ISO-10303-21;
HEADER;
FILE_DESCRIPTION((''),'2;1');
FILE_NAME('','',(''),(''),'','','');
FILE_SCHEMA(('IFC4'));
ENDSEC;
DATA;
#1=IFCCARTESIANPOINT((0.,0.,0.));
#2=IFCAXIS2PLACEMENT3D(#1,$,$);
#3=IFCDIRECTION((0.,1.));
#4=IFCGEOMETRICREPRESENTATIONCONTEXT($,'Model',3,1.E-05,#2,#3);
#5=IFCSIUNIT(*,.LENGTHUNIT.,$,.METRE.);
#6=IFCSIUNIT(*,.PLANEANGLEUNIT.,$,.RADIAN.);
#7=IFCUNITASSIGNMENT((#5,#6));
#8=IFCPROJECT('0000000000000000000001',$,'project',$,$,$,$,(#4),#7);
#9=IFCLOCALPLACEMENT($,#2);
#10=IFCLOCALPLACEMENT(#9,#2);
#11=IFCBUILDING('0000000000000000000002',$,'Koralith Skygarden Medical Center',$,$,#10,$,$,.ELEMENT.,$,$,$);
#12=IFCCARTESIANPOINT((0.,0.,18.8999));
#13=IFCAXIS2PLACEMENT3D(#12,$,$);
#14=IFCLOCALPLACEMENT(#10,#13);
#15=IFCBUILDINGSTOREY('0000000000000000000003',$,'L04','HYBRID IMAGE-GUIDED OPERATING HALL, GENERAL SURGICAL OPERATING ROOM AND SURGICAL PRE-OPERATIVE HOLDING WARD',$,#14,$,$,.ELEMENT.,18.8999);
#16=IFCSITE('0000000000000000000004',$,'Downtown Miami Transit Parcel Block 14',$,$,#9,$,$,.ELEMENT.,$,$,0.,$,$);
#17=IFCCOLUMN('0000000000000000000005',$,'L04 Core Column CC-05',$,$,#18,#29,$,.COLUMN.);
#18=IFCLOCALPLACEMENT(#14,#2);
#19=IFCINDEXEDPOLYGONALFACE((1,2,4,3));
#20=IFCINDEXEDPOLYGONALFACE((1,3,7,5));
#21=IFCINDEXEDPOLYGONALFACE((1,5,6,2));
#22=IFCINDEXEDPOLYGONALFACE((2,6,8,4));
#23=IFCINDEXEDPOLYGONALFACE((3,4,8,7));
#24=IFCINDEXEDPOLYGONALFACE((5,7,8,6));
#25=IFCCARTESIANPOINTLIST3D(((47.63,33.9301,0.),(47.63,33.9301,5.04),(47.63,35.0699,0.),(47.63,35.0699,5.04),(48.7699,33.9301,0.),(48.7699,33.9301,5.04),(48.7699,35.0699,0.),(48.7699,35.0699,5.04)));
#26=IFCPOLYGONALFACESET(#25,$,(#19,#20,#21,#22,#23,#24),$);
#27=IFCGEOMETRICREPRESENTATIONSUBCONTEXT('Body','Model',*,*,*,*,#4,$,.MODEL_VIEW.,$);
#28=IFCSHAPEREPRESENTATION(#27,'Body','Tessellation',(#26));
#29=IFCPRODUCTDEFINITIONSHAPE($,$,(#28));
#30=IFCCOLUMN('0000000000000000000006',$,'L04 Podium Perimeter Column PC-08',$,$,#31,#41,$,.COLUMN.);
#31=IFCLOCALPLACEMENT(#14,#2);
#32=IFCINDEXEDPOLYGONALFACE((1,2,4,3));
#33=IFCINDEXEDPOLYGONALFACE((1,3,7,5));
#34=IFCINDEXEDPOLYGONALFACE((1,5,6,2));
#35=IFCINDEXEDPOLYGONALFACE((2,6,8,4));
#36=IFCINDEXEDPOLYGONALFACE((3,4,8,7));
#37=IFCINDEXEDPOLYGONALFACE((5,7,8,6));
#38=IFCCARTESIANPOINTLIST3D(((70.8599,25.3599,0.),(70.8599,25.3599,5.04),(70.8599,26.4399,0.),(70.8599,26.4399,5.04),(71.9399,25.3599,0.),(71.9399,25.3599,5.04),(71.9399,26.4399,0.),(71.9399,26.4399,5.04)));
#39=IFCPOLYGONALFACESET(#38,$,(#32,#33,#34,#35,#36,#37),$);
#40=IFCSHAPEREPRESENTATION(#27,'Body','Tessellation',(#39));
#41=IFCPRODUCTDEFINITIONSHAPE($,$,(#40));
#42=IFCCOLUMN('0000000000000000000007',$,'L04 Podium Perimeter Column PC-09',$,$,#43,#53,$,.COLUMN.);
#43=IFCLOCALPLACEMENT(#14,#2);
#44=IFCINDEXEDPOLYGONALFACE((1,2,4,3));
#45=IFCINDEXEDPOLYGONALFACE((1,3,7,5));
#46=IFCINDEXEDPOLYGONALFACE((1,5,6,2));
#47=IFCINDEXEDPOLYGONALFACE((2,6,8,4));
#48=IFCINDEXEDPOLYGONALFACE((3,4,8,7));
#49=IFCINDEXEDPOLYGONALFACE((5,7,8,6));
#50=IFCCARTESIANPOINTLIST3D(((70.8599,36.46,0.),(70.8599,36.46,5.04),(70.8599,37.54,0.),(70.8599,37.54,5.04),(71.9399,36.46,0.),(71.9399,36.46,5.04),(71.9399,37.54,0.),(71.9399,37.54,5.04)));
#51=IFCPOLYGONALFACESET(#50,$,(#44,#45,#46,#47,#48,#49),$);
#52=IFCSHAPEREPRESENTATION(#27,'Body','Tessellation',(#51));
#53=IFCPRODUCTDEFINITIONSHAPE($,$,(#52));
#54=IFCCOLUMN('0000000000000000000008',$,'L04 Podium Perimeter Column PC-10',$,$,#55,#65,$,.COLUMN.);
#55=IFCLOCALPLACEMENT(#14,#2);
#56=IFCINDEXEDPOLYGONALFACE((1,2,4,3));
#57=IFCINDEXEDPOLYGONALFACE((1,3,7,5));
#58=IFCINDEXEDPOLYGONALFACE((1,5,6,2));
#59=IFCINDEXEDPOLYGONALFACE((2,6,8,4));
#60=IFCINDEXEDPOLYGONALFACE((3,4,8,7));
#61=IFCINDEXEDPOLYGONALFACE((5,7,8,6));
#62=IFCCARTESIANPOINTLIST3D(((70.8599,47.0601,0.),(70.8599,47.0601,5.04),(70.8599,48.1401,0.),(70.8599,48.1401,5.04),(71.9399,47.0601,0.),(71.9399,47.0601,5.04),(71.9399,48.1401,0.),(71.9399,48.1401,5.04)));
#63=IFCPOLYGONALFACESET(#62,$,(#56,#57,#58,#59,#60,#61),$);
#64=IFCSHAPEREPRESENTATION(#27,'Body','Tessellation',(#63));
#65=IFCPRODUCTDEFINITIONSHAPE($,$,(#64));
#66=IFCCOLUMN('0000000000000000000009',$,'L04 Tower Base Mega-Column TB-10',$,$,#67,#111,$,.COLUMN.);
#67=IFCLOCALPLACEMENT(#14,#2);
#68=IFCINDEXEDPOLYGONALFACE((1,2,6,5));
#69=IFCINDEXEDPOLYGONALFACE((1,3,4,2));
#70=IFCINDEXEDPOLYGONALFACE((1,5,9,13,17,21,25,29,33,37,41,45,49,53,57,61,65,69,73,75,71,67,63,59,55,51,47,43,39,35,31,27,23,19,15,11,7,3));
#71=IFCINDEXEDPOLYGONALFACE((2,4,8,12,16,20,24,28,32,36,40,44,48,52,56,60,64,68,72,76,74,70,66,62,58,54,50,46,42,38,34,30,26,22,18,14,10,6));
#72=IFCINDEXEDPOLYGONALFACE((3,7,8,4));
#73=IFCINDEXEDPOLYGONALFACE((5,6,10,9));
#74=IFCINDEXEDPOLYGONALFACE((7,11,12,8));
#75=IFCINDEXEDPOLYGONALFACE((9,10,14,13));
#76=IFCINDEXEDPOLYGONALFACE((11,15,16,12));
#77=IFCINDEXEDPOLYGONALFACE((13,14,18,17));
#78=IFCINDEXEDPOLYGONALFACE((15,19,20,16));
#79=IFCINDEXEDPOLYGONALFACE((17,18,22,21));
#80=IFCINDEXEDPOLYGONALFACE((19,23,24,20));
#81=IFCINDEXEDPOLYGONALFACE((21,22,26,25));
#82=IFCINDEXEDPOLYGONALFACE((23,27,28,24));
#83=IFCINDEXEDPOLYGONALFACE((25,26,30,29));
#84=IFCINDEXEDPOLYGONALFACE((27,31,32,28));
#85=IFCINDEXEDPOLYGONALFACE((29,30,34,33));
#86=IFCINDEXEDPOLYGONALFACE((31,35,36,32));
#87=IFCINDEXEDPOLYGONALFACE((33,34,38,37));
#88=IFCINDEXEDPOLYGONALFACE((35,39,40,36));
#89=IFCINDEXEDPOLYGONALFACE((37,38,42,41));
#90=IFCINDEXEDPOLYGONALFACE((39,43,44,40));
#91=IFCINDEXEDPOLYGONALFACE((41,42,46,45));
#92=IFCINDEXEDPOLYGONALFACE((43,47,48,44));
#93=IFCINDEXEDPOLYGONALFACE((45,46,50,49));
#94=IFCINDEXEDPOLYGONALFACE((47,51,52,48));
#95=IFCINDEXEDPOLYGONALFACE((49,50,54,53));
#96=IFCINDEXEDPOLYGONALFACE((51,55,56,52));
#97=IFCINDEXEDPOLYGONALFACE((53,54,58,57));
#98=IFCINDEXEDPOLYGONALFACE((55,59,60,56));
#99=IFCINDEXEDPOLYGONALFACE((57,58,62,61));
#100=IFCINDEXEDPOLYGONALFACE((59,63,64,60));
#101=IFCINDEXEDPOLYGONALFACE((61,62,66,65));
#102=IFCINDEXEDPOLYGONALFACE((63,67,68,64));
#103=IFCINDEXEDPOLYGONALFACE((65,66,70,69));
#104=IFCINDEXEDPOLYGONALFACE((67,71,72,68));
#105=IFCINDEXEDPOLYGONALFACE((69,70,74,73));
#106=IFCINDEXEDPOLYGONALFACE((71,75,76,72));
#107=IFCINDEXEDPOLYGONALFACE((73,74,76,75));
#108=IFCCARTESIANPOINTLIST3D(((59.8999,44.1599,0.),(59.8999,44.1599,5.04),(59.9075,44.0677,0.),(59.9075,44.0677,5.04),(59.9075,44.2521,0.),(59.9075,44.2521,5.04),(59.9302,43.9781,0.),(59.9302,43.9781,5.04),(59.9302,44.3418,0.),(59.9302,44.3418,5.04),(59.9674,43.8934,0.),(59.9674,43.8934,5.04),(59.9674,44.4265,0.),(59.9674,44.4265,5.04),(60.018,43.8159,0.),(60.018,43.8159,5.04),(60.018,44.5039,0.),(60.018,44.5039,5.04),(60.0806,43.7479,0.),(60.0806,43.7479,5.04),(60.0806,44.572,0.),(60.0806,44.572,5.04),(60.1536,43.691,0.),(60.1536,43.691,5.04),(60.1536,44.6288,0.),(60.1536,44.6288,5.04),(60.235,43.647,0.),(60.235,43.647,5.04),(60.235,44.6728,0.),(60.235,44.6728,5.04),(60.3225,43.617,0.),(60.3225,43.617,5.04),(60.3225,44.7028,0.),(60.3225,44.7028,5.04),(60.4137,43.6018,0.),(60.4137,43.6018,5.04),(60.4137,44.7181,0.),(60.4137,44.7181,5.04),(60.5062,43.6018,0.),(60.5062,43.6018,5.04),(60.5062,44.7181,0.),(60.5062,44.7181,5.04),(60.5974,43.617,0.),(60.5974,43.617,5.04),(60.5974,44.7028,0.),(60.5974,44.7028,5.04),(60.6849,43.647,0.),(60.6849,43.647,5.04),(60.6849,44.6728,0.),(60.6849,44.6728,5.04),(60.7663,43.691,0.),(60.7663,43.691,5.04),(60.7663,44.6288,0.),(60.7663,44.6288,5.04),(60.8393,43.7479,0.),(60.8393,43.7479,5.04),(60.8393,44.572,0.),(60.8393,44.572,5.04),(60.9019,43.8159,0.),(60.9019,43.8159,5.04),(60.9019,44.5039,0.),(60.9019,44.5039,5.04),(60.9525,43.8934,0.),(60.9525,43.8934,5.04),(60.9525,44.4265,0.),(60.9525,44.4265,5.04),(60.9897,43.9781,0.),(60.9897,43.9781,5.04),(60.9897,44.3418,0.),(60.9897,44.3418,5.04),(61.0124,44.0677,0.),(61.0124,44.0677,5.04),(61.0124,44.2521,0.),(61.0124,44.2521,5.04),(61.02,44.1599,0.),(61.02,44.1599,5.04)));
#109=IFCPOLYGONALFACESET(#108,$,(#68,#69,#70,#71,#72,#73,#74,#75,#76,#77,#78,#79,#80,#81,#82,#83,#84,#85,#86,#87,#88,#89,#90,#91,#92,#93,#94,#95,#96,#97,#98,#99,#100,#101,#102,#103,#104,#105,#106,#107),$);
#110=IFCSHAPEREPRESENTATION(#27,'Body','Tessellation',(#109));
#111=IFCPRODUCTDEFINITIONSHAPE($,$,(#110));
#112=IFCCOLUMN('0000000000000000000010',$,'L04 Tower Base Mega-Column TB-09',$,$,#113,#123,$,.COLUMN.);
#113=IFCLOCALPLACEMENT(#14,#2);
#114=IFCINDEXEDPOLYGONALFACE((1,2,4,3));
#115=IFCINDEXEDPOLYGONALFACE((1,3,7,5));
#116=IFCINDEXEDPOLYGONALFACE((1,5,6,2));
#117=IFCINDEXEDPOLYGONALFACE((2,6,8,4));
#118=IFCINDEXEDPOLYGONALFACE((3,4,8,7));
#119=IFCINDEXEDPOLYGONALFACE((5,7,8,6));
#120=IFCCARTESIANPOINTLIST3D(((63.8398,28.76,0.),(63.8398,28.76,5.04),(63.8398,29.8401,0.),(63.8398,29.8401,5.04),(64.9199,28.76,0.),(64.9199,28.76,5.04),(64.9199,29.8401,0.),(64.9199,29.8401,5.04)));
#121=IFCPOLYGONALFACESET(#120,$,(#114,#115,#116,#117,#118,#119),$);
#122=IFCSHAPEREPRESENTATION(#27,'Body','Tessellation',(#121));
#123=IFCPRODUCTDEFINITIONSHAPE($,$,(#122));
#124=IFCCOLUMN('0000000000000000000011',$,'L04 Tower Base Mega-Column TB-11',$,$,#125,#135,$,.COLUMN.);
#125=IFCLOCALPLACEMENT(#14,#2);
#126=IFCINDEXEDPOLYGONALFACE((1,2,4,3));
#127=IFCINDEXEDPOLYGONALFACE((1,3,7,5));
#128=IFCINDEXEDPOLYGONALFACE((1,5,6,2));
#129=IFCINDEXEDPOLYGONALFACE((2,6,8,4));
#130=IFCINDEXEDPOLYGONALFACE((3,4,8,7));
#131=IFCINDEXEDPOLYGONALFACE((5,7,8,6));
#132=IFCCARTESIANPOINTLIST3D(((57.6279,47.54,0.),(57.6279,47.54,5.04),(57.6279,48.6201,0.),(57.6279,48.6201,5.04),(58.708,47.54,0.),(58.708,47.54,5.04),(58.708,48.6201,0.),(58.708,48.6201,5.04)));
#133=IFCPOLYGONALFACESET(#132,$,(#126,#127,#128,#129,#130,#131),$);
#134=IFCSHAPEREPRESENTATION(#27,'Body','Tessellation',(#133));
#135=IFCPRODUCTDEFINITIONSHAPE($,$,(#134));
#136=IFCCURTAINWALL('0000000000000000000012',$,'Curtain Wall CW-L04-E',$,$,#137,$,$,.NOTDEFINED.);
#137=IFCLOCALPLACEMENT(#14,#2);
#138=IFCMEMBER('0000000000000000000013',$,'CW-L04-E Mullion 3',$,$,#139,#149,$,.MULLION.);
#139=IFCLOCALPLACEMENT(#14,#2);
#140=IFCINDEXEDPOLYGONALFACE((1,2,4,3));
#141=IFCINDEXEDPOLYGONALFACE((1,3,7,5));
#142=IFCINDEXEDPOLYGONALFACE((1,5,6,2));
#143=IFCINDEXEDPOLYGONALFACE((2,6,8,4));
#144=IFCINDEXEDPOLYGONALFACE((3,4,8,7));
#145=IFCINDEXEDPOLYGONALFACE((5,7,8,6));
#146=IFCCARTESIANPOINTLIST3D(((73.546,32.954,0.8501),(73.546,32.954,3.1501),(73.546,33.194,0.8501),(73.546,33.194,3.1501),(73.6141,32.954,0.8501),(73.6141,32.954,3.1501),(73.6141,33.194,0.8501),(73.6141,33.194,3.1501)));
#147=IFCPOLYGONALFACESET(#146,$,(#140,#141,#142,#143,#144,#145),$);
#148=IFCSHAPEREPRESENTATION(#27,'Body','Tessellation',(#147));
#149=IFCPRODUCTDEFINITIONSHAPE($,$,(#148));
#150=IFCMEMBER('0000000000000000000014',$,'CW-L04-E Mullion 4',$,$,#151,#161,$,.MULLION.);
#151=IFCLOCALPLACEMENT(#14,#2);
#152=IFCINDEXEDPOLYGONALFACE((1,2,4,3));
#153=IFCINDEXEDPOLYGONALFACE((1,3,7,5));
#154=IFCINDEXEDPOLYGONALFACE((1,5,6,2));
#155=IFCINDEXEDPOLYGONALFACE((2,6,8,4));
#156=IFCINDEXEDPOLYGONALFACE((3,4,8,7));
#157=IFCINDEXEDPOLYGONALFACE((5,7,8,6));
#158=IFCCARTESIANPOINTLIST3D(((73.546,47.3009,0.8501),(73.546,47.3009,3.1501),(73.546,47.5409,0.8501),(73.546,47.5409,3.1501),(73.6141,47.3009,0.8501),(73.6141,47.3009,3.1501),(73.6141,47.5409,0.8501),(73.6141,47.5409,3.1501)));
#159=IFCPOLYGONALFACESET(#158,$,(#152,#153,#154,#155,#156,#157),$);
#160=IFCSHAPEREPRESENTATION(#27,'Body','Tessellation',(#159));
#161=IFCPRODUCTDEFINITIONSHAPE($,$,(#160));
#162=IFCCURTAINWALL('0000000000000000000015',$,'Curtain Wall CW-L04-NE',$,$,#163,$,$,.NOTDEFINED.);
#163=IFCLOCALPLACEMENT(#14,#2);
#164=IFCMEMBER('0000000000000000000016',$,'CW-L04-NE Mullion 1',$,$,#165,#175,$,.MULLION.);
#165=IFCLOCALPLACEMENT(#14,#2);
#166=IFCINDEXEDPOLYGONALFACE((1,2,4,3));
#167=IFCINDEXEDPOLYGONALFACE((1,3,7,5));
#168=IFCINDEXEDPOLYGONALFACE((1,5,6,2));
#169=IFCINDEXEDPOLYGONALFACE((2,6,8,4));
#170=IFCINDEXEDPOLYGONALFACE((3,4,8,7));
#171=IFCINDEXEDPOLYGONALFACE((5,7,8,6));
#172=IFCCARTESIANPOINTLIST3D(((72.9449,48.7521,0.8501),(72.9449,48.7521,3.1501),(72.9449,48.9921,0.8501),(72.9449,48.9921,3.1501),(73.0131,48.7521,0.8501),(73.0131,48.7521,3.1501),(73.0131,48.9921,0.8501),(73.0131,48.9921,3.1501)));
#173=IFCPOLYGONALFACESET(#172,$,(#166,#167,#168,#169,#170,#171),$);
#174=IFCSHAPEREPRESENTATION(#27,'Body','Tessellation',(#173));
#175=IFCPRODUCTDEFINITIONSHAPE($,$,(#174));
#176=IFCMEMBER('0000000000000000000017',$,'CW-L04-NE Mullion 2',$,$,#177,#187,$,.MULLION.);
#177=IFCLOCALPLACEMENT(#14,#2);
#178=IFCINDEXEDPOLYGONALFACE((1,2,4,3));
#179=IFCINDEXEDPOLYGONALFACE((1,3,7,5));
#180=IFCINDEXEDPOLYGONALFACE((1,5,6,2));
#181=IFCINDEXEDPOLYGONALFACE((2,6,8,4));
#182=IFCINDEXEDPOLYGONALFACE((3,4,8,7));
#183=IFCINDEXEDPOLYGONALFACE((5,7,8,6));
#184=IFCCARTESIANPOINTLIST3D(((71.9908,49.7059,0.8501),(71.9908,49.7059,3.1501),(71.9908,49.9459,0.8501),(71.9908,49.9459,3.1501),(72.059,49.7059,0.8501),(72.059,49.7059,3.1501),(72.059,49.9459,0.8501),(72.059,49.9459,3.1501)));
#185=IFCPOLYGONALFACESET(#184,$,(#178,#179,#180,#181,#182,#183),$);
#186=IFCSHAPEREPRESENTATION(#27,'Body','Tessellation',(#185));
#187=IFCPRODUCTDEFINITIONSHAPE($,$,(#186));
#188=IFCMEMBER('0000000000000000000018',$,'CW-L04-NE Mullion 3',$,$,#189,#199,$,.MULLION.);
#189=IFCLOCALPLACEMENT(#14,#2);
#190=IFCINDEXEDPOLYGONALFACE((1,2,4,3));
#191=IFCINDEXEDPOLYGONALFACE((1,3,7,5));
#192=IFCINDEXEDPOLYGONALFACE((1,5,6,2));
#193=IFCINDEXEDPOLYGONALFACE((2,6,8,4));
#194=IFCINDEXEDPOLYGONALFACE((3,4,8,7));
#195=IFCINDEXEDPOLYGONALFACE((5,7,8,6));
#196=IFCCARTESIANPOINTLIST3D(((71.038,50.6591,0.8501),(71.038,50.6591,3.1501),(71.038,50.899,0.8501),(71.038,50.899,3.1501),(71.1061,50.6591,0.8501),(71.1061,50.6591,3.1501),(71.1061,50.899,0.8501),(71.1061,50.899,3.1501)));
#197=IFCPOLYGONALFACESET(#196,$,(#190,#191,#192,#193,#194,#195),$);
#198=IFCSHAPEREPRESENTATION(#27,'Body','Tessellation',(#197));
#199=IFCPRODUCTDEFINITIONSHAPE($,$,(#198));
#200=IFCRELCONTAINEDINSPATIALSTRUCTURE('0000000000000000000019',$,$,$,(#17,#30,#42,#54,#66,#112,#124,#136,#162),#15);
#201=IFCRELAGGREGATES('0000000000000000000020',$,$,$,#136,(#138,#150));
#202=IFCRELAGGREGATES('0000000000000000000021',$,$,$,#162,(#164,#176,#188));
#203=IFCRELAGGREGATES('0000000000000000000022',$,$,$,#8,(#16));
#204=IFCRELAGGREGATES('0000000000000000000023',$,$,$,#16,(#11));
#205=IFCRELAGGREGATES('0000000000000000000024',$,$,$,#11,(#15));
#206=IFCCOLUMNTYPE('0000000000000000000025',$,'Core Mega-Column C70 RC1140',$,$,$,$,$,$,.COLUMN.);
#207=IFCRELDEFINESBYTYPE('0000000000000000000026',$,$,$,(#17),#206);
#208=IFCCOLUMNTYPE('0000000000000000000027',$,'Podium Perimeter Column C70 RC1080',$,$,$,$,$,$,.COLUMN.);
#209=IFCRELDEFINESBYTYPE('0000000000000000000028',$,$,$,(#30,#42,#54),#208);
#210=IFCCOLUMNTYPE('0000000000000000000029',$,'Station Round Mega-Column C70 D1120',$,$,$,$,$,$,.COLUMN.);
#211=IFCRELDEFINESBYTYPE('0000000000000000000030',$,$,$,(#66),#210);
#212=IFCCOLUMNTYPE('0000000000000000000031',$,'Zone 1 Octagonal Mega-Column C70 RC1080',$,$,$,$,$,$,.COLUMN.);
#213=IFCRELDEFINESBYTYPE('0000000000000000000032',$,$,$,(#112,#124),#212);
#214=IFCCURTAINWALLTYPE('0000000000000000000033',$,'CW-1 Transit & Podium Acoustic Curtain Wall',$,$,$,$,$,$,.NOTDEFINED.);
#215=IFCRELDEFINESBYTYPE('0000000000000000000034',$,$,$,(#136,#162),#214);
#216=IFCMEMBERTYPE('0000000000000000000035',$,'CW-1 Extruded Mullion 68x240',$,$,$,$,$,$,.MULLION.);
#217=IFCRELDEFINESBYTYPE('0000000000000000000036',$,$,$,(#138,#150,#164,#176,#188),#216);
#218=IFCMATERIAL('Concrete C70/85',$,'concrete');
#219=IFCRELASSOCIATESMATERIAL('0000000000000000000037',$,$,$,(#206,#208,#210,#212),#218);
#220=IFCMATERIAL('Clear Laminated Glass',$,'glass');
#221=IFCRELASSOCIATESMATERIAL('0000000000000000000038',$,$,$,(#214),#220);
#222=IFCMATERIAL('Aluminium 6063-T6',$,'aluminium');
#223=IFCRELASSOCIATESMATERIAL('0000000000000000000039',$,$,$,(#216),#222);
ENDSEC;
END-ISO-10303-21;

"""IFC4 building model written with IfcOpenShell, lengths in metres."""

from ifc_helpers import new_model, si_unit, direction, frame, origin, origin_2d, place, context, subcontext, project, spatial, rectangle, circle, extrude, material, material_profile, profile_set, type_object, element, aggregate, save


model = new_model("IFC4")

# Units and contexts
model_context = context("Model", 3, precision=1e-05, world=origin(), true_north=direction((0.0, 1.0)))
body_context = subcontext(model_context, "Body", "Model", "MODEL_VIEW")
ifc_project = project(units=[si_unit("LENGTHUNIT", "METRE"), si_unit("PLANEANGLEUNIT", "RADIAN")], contexts=[model_context])

# Site, building, storey
site_placement = place(None, origin())
site = spatial("IfcSite", under=ifc_project, at=site_placement, Name="Downtown Miami Transit Parcel Block 14", CompositionType="ELEMENT", RefElevation=0.0)
building_placement = place(site_placement, origin())
building = spatial("IfcBuilding", under=site, at=building_placement, Name="Koralith Skygarden Medical Center", CompositionType="ELEMENT")
storey_placement = place(building_placement, frame((0.0, 0.0, 18.8999)))
storey = spatial("IfcBuildingStorey", under=building, at=storey_placement, Name="L04", Description="HYBRID IMAGE-GUIDED OPERATING HALL, GENERAL SURGICAL OPERATING ROOM AND SURGICAL PRE-OPERATIVE HOLDING WARD", CompositionType="ELEMENT", Elevation=18.8999)

# Columns
ifc_material_1 = material(Name="Concrete C70/85", Category="concrete")
ifc_material_profile_1 = material_profile(ifc_material_1, rectangle(XDim=1.1399, YDim=1.1399, at=origin_2d()), Name="RC1140X1140")
ifc_profile_set_1 = profile_set([ifc_material_profile_1], Name="Concrete C70/85")
column_type_1 = type_object("IfcColumnType", Name="Core Mega-Column C70 RC1140", PredefinedType="COLUMN", material=ifc_profile_set_1)
column_1_placement = place(storey_placement, frame((48.2, 34.5, 0.0), z_axis=(0.0, 0.0, 1.0), x_axis=(1.0, 0.0, 0.0)))
element("IfcColumn", 1, at=column_1_placement, inside=storey, type_object=column_type_1, Name="L04 Core Column CC-05", PredefinedType="COLUMN", context=body_context, shape_type="SweptSolid", body=[
    extrude(rectangle(XDim=1.1399, YDim=1.1399, at=origin_2d()), origin(), (0.0, 0.0, 1.0), 5.04),
])
ifc_material_profile_2 = material_profile(ifc_material_1, rectangle(XDim=1.0801, YDim=1.0801, at=origin_2d()), Name="RC1080X1080")
ifc_profile_set_2 = profile_set([ifc_material_profile_2], Name="Concrete C70/85")
column_type_2 = type_object("IfcColumnType", Name="Podium Perimeter Column C70 RC1080", PredefinedType="COLUMN", material=ifc_profile_set_2)
for number, where, z_axis, x_axis, name in (
    (2, (71.3999, 25.8999, 0.0), (0.0, 0.0, 1.0), (1.0, 0.0, 0.0), "L04 Podium Perimeter Column PC-08"),
    (3, (71.3999, 37.0, 0.0), (0.0, 0.0, 1.0), (1.0, 0.0, 0.0), "L04 Podium Perimeter Column PC-09"),
    (4, (71.3999, 47.6001, 0.0), (0.0, 0.0, 1.0), (1.0, 0.0, 0.0), "L04 Podium Perimeter Column PC-10"),
):
    element("IfcColumn", number, at=place(storey_placement, frame(where, z_axis=z_axis, x_axis=x_axis)), inside=storey, type_object=column_type_2, Name=name, PredefinedType="COLUMN", context=body_context, shape_type="SweptSolid", body=[
        extrude(rectangle(XDim=1.0801, YDim=1.0801, at=origin_2d()), origin(), (0.0, 0.0, 1.0), 5.04),
    ])
ifc_material_profile_3 = material_profile(ifc_material_1, circle(Radius=0.5601, at=origin_2d()), Name="RCCOL1120")
ifc_profile_set_3 = profile_set([ifc_material_profile_3], Name="Concrete C70/85")
column_type_3 = type_object("IfcColumnType", Name="Station Round Mega-Column C70 D1120", PredefinedType="COLUMN", material=ifc_profile_set_3)
column_2_placement = place(storey_placement, frame((60.46, 44.1599, 0.0), z_axis=(0.0, 0.0, 1.0), x_axis=(1.0, 0.0, 0.0)))
element("IfcColumn", 5, at=column_2_placement, inside=storey, type_object=column_type_3, Name="L04 Tower Base Mega-Column TB-10", PredefinedType="COLUMN", context=body_context, shape_type="SweptSolid", body=[
    extrude(circle(Radius=0.5601, at=origin_2d()), origin(), (0.0, 0.0, 1.0), 5.04),
])
ifc_material_profile_4 = material_profile(ifc_material_1, rectangle(XDim=1.0801, YDim=1.0801, at=origin_2d()), Name="RC1080X1080")
ifc_profile_set_4 = profile_set([ifc_material_profile_4], Name="Concrete C70/85")
column_type_4 = type_object("IfcColumnType", Name="Zone 1 Octagonal Mega-Column C70 RC1080", PredefinedType="COLUMN", material=ifc_profile_set_4)
for number, where, z_axis, x_axis, name in (
    (6, (64.3799, 29.3, 0.0), (0.0, 0.0, 1.0), (1.0, 0.0, 0.0), "L04 Tower Base Mega-Column TB-09"),
    (7, (58.168, 48.0801, 0.0), (0.0, 0.0, 1.0), (1.0, 0.0, 0.0), "L04 Tower Base Mega-Column TB-11"),
):
    element("IfcColumn", number, at=place(storey_placement, frame(where, z_axis=z_axis, x_axis=x_axis)), inside=storey, type_object=column_type_4, Name=name, PredefinedType="COLUMN", context=body_context, shape_type="SweptSolid", body=[
        extrude(rectangle(XDim=1.0801, YDim=1.0801, at=origin_2d()), origin(), (0.0, 0.0, 1.0), 5.04),
    ])

# Curtain walls, members
ifc_material_2 = material(Name="Clear Laminated Glass", Category="glass")
curtain_wall_type = type_object("IfcCurtainWallType", Name="CW-1 Transit & Podium Acoustic Curtain Wall", PredefinedType="NOTDEFINED", material=ifc_material_2)
curtain_wall_1_placement = place(storey_placement, origin())
curtain_wall_1 = element("IfcCurtainWall", 8, at=curtain_wall_1_placement, inside=storey, type_object=curtain_wall_type, Name="Curtain Wall CW-L04-E", PredefinedType="NOTDEFINED")
ifc_material_3 = material(Name="Aluminium 6063-T6", Category="aluminium")
ifc_material_profile_5 = material_profile(ifc_material_3, rectangle(XDim=0.0681, YDim=0.24, at=origin_2d()), Name="MUL68X240")
ifc_profile_set_5 = profile_set([ifc_material_profile_5], Name="Aluminium 6063-T6")
member_type_1 = type_object("IfcMemberType", Name="CW-1 Extruded Mullion 68x240", PredefinedType="MULLION", material=ifc_profile_set_5)
member_1_placement = place(storey_placement, frame((73.5801, 33.074, 0.8501), z_axis=(0.0, 0.0, 1.0), x_axis=(1.0, 0.0, 0.0)))
member_1 = element("IfcMember", 9, at=member_1_placement, type_object=member_type_1, Name="CW-L04-E Mullion 3", PredefinedType="MULLION", context=body_context, shape_type="SweptSolid", body=[
    extrude(rectangle(XDim=0.0681, YDim=0.24, at=origin_2d()), origin(), (0.0, 0.0, 1.0), 2.3),
])
member_2_placement = place(storey_placement, frame((73.5801, 47.4209, 0.8501), z_axis=(0.0, 0.0, 1.0), x_axis=(1.0, 0.0, 0.0)))
member_2 = element("IfcMember", 10, at=member_2_placement, type_object=member_type_1, Name="CW-L04-E Mullion 4", PredefinedType="MULLION", context=body_context, shape_type="SweptSolid", body=[
    extrude(rectangle(XDim=0.0681, YDim=0.24, at=origin_2d()), origin(), (0.0, 0.0, 1.0), 2.3),
])
curtain_wall_2_placement = place(storey_placement, origin())
curtain_wall_2 = element("IfcCurtainWall", 11, at=curtain_wall_2_placement, inside=storey, type_object=curtain_wall_type, Name="Curtain Wall CW-L04-NE", PredefinedType="NOTDEFINED")
member_3_placement = place(storey_placement, frame((72.979, 48.8721, 0.8501), z_axis=(0.0, 0.0, 1.0), x_axis=(1.0, 0.0, 0.0)))
member_3 = element("IfcMember", 12, at=member_3_placement, type_object=member_type_1, Name="CW-L04-NE Mullion 1", PredefinedType="MULLION", context=body_context, shape_type="SweptSolid", body=[
    extrude(rectangle(XDim=0.0681, YDim=0.24, at=origin_2d()), origin(), (0.0, 0.0, 1.0), 2.3),
])
member_4_placement = place(storey_placement, frame((72.0249, 49.8259, 0.8501), z_axis=(0.0, 0.0, 1.0), x_axis=(1.0, 0.0, 0.0)))
member_4 = element("IfcMember", 13, at=member_4_placement, type_object=member_type_1, Name="CW-L04-NE Mullion 2", PredefinedType="MULLION", context=body_context, shape_type="SweptSolid", body=[
    extrude(rectangle(XDim=0.0681, YDim=0.24, at=origin_2d()), origin(), (0.0, 0.0, 1.0), 2.3),
])
member_5_placement = place(storey_placement, frame((71.072, 50.7791, 0.8501), z_axis=(0.0, 0.0, 1.0), x_axis=(1.0, 0.0, 0.0)))
member_5 = element("IfcMember", 14, at=member_5_placement, type_object=member_type_1, Name="CW-L04-NE Mullion 3", PredefinedType="MULLION", context=body_context, shape_type="SweptSolid", body=[
    extrude(rectangle(XDim=0.0681, YDim=0.24, at=origin_2d()), origin(), (0.0, 0.0, 1.0), 2.3),
])

aggregate(curtain_wall_1, [member_1, member_2])
aggregate(curtain_wall_2, [member_3, member_4, member_5])

save(model, "model.ifc")
